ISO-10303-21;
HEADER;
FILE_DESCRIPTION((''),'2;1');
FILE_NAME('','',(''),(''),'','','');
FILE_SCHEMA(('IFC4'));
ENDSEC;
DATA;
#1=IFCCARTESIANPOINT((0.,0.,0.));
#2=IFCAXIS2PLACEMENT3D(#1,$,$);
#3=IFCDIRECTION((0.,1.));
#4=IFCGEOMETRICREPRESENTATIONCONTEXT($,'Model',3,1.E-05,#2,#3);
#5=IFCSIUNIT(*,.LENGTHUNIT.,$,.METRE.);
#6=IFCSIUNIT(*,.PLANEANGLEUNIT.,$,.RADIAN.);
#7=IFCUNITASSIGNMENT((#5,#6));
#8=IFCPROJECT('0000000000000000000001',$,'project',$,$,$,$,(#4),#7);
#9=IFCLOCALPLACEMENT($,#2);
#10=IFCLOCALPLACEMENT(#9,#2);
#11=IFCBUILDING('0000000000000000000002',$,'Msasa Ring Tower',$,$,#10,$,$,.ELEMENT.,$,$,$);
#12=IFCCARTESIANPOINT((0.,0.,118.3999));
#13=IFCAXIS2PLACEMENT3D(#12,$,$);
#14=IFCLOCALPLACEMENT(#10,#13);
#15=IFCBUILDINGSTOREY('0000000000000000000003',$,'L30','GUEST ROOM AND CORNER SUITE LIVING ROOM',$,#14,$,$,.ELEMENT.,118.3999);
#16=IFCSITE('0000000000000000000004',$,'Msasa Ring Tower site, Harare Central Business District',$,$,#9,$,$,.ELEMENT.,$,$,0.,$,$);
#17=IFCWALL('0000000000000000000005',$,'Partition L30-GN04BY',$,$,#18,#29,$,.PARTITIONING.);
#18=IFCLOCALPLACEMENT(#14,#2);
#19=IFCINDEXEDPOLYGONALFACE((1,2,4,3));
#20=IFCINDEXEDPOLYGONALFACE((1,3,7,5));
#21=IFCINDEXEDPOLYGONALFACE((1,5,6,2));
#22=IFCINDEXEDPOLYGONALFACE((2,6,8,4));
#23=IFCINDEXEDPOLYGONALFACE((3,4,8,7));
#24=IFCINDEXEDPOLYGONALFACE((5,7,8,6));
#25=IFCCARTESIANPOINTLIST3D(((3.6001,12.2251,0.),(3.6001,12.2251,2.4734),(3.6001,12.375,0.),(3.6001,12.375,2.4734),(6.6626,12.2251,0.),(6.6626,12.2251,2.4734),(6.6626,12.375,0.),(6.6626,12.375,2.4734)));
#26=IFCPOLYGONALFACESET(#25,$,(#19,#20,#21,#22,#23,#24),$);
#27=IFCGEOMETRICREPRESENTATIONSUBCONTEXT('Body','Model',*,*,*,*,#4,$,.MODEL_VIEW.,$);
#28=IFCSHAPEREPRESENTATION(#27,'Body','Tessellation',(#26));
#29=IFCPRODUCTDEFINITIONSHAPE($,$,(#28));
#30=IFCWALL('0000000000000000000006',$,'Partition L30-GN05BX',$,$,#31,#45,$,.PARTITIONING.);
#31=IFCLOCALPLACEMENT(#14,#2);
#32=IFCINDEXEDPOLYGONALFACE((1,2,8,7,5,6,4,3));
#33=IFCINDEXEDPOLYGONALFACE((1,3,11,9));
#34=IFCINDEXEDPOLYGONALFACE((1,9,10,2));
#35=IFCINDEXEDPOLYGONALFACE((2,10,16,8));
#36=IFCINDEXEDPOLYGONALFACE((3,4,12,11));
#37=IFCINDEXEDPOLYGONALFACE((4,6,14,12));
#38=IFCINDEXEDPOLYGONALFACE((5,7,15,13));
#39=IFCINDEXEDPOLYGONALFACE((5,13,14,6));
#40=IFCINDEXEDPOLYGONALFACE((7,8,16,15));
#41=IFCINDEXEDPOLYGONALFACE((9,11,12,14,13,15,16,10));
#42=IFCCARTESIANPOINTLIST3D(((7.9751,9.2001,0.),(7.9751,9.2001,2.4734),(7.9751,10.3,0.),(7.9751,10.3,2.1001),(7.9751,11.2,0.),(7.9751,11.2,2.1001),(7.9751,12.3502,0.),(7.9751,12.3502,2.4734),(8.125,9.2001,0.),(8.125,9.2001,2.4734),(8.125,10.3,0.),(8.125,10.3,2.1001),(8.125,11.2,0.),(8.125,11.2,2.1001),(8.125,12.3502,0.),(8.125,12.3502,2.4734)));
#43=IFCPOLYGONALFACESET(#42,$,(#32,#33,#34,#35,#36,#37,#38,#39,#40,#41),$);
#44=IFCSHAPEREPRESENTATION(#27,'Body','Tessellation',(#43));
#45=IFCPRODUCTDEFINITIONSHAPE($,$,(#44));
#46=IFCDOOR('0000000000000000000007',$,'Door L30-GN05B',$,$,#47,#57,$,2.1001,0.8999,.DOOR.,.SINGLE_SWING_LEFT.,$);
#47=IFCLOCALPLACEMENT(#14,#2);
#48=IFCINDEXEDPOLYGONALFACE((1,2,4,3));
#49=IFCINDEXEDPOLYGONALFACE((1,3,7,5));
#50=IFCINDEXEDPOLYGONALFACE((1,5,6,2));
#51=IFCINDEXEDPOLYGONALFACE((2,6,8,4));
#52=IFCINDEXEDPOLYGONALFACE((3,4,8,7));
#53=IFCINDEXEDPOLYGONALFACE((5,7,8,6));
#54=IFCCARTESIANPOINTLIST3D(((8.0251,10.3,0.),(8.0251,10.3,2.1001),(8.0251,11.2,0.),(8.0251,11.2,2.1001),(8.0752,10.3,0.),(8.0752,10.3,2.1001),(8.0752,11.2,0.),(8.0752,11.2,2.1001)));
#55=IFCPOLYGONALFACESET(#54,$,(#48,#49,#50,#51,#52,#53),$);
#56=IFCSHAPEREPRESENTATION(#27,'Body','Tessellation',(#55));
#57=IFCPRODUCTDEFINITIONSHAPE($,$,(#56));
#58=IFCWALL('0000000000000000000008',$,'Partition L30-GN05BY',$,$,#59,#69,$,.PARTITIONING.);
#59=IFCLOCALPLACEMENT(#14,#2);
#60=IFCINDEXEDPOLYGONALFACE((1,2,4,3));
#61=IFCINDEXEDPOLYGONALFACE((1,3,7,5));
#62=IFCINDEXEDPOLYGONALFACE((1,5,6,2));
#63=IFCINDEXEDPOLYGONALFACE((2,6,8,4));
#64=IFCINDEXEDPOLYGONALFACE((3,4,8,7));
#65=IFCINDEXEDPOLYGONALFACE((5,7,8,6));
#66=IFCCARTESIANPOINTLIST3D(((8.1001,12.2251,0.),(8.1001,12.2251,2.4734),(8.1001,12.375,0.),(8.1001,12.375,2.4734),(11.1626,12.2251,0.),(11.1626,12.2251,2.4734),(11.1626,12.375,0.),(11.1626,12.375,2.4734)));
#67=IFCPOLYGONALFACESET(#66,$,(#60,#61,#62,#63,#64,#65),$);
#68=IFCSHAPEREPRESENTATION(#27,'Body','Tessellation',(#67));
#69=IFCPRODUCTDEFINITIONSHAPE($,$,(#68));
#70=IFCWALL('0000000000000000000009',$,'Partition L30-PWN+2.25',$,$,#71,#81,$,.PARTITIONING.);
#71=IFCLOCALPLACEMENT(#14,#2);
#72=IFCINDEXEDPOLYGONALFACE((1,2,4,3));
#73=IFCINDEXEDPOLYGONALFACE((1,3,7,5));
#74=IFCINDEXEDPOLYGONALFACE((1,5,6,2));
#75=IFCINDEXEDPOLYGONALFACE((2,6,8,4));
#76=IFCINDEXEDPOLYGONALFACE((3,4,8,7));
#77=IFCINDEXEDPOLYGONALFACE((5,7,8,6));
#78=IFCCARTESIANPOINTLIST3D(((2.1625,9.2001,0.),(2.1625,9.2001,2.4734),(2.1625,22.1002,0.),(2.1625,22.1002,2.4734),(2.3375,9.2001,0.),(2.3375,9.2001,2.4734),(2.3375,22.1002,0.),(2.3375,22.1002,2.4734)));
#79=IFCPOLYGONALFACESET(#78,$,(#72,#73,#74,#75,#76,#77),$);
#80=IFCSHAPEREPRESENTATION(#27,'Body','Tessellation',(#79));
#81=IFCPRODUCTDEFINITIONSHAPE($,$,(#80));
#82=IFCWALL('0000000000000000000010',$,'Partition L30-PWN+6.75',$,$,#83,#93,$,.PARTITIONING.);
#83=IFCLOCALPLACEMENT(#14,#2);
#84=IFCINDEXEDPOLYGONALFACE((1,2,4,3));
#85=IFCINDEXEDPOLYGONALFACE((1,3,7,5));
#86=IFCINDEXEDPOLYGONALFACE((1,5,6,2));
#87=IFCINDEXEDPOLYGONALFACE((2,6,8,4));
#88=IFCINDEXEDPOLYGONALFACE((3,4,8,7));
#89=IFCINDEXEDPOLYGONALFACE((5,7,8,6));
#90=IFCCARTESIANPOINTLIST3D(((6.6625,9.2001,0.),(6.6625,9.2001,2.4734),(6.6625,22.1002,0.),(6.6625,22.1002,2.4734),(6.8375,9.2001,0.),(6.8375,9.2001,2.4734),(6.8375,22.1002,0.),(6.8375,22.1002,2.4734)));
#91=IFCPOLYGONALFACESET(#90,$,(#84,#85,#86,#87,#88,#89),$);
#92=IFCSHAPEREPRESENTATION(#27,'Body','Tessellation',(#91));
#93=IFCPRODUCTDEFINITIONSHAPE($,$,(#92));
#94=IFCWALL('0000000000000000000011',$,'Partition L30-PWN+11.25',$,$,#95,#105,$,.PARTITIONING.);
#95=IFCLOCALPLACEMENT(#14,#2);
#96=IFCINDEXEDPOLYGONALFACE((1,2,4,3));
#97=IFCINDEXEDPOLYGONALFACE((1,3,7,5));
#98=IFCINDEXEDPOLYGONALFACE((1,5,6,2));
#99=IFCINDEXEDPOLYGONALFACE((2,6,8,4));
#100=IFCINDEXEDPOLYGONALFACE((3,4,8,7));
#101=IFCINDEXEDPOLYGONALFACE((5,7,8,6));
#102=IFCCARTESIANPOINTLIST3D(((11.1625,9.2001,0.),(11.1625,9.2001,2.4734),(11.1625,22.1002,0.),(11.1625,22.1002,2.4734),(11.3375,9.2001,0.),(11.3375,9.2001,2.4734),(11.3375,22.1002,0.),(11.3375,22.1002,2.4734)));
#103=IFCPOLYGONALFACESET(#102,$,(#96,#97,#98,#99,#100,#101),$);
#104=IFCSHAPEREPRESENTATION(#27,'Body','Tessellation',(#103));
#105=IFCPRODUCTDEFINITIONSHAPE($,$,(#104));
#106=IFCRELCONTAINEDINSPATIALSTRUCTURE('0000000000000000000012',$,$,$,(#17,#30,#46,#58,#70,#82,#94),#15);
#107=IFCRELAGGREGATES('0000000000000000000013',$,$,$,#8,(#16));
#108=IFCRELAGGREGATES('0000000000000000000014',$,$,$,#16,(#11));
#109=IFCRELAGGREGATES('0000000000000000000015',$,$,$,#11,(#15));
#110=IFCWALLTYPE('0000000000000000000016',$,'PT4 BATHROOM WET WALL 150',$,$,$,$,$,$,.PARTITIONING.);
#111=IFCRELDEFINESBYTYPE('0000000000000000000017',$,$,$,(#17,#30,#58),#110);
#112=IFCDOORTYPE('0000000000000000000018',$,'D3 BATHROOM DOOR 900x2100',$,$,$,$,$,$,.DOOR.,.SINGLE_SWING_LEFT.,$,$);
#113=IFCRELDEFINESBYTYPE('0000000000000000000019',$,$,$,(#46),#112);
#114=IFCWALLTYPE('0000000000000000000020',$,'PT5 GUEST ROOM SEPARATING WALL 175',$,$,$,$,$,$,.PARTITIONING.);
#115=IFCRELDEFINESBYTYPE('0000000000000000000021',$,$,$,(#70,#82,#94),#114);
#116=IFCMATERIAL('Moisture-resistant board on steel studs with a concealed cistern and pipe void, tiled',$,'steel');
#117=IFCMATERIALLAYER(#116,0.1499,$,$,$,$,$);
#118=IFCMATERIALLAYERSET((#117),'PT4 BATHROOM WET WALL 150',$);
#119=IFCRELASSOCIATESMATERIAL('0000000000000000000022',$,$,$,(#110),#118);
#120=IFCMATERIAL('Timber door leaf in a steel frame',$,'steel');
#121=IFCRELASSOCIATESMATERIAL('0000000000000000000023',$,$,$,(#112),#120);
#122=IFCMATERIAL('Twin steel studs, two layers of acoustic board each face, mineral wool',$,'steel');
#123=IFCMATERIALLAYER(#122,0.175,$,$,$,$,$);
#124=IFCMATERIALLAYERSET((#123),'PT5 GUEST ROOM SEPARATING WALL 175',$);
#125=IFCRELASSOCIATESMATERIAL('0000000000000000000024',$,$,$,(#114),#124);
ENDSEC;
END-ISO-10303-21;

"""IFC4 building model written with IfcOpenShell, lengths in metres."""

from ifc_helpers import new_model, si_unit, direction, frame, frame_2d, origin, place, context, subcontext, project, spatial, rectangle, extrude, material, layer, layer_set, type_object, element, fill, save


model = new_model("IFC4")

# Units and contexts
model_context = context("Model", 3, precision=1e-05, world=origin(), true_north=direction((0.0, 1.0)))
body_context = subcontext(model_context, "Body", "Model", "MODEL_VIEW")
ifc_project = project(units=[si_unit("LENGTHUNIT", "METRE"), si_unit("PLANEANGLEUNIT", "RADIAN")], contexts=[model_context])

# Site, building, storey
site_placement = place(None, origin())
site = spatial("IfcSite", under=ifc_project, at=site_placement, Name="Msasa Ring Tower site, Harare Central Business District", CompositionType="ELEMENT", RefElevation=0.0)
building_placement = place(site_placement, origin())
building = spatial("IfcBuilding", under=site, at=building_placement, Name="Msasa Ring Tower", CompositionType="ELEMENT")
storey_placement = place(building_placement, frame((0.0, 0.0, 118.3999)))
storey = spatial("IfcBuildingStorey", under=building, at=storey_placement, Name="L30", Description="GUEST ROOM AND CORNER SUITE LIVING ROOM", CompositionType="ELEMENT", Elevation=118.3999)

# Shared definitions
ifc_material_1 = material(Name="Moisture-resistant board on steel studs with a concealed cistern and pipe void, tiled", Category="steel")
ifc_layer_1 = layer(ifc_material_1, 0.1499)
ifc_layer_set_1 = layer_set([ifc_layer_1], Name="PT4 BATHROOM WET WALL 150")
wall_type_1 = type_object("IfcWallType", Name="PT4 BATHROOM WET WALL 150", PredefinedType="PARTITIONING", material=ifc_layer_set_1)
ifc_material_2 = material(Name="Timber door leaf in a steel frame", Category="steel")
door_type = type_object("IfcDoorType", Name="D3 BATHROOM DOOR 900x2100", OperationType="SINGLE_SWING_LEFT", PredefinedType="DOOR", material=ifc_material_2)

# Wall
wall_1_placement = place(storey_placement, frame((3.6001, 12.3, 0.0), z_axis=(0.0, 0.0, 1.0), x_axis=(1.0, 0.0, 0.0)))
element("IfcWall", 1, at=wall_1_placement, inside=storey, type_object=wall_type_1, Name="Partition L30-GN04BY", PredefinedType="PARTITIONING", context=body_context, shape_type="SweptSolid", body=[
    extrude(rectangle(XDim=3.0625, YDim=0.1499, at=frame_2d((1.5312, 0.0))), origin(), (0.0, 0.0, 1.0), 2.4734),
])

# Wall, opening, door
wall_2_placement = place(storey_placement, frame((8.05, 9.2, 0.0), z_axis=(0.0, 0.0, 1.0), x_axis=(0.0, 1.0, 0.0)))
wall_2 = element("IfcWall", 2, at=wall_2_placement, inside=storey, type_object=wall_type_1, Name="Partition L30-GN05BX", PredefinedType="PARTITIONING", context=body_context, shape_type="SweptSolid", body=[
    extrude(rectangle(XDim=3.1501, YDim=0.1499, at=frame_2d((1.5752, 0.0))), origin(), (0.0, 0.0, 1.0), 2.4734),
])
opening_1_placement = place(wall_2_placement, frame((1.1001, 0.0, 0.0)))
opening_1 = element("IfcOpeningElement", 3, at=opening_1_placement, cuts=wall_2, PredefinedType="OPENING", context=body_context, shape_type="SweptSolid", body=[
    extrude(rectangle(XDim=0.8999, YDim=2.1001, at=frame_2d((0.45, 1.05))), frame((0.0, 0.085, 0.0), z_axis=(0.0, -1.0, 0.0), x_axis=(1.0, 0.0, 0.0)), (0.0, 0.0, 1.0), 0.1699),
])
door_1_placement = place(opening_1_placement, origin())
door_1 = element("IfcDoor", 4, at=door_1_placement, inside=storey, type_object=door_type, Name="Door L30-GN05B", OperationType="SINGLE_SWING_LEFT", OverallHeight=2.1001, OverallWidth=0.8999, PredefinedType="DOOR", context=body_context, shape_type="SweptSolid", body=[
    extrude(rectangle(XDim=0.8999, YDim=2.1001, at=frame_2d((0.45, 1.05))), frame((0.0, 0.0249, 0.0), z_axis=(0.0, -1.0, 0.0), x_axis=(1.0, 0.0, 0.0)), (0.0, 0.0, 1.0), 0.05),
])
fill(opening_1, door_1)

# Walls
wall_3_placement = place(storey_placement, frame((8.1001, 12.3, 0.0), z_axis=(0.0, 0.0, 1.0), x_axis=(1.0, 0.0, 0.0)))
element("IfcWall", 5, at=wall_3_placement, inside=storey, type_object=wall_type_1, Name="Partition L30-GN05BY", PredefinedType="PARTITIONING", context=body_context, shape_type="SweptSolid", body=[
    extrude(rectangle(XDim=3.0625, YDim=0.1499, at=frame_2d((1.5312, 0.0))), origin(), (0.0, 0.0, 1.0), 2.4734),
])
ifc_material_3 = material(Name="Twin steel studs, two layers of acoustic board each face, mineral wool", Category="steel")
ifc_layer_2 = layer(ifc_material_3, 0.175)
ifc_layer_set_2 = layer_set([ifc_layer_2], Name="PT5 GUEST ROOM SEPARATING WALL 175")
wall_type_2 = type_object("IfcWallType", Name="PT5 GUEST ROOM SEPARATING WALL 175", PredefinedType="PARTITIONING", material=ifc_layer_set_2)
for number, where, z_axis, x_axis, name in (
    (6, (2.25, 9.2, 0.0), (0.0, 0.0, 1.0), (0.0, 1.0, 0.0), "Partition L30-PWN+2.25"),
    (7, (6.75, 9.2, 0.0), (0.0, 0.0, 1.0), (0.0, 1.0, 0.0), "Partition L30-PWN+6.75"),
    (8, (11.25, 9.2, 0.0), (0.0, 0.0, 1.0), (0.0, 1.0, 0.0), "Partition L30-PWN+11.25"),
):
    element("IfcWall", number, at=place(storey_placement, frame(where, z_axis=z_axis, x_axis=x_axis)), inside=storey, type_object=wall_type_2, Name=name, PredefinedType="PARTITIONING", context=body_context, shape_type="SweptSolid", body=[
        extrude(rectangle(XDim=12.9001, YDim=0.175, at=frame_2d((6.4502, 0.0))), origin(), (0.0, 0.0, 1.0), 2.4734),
    ])

save(model, "model.ifc")
